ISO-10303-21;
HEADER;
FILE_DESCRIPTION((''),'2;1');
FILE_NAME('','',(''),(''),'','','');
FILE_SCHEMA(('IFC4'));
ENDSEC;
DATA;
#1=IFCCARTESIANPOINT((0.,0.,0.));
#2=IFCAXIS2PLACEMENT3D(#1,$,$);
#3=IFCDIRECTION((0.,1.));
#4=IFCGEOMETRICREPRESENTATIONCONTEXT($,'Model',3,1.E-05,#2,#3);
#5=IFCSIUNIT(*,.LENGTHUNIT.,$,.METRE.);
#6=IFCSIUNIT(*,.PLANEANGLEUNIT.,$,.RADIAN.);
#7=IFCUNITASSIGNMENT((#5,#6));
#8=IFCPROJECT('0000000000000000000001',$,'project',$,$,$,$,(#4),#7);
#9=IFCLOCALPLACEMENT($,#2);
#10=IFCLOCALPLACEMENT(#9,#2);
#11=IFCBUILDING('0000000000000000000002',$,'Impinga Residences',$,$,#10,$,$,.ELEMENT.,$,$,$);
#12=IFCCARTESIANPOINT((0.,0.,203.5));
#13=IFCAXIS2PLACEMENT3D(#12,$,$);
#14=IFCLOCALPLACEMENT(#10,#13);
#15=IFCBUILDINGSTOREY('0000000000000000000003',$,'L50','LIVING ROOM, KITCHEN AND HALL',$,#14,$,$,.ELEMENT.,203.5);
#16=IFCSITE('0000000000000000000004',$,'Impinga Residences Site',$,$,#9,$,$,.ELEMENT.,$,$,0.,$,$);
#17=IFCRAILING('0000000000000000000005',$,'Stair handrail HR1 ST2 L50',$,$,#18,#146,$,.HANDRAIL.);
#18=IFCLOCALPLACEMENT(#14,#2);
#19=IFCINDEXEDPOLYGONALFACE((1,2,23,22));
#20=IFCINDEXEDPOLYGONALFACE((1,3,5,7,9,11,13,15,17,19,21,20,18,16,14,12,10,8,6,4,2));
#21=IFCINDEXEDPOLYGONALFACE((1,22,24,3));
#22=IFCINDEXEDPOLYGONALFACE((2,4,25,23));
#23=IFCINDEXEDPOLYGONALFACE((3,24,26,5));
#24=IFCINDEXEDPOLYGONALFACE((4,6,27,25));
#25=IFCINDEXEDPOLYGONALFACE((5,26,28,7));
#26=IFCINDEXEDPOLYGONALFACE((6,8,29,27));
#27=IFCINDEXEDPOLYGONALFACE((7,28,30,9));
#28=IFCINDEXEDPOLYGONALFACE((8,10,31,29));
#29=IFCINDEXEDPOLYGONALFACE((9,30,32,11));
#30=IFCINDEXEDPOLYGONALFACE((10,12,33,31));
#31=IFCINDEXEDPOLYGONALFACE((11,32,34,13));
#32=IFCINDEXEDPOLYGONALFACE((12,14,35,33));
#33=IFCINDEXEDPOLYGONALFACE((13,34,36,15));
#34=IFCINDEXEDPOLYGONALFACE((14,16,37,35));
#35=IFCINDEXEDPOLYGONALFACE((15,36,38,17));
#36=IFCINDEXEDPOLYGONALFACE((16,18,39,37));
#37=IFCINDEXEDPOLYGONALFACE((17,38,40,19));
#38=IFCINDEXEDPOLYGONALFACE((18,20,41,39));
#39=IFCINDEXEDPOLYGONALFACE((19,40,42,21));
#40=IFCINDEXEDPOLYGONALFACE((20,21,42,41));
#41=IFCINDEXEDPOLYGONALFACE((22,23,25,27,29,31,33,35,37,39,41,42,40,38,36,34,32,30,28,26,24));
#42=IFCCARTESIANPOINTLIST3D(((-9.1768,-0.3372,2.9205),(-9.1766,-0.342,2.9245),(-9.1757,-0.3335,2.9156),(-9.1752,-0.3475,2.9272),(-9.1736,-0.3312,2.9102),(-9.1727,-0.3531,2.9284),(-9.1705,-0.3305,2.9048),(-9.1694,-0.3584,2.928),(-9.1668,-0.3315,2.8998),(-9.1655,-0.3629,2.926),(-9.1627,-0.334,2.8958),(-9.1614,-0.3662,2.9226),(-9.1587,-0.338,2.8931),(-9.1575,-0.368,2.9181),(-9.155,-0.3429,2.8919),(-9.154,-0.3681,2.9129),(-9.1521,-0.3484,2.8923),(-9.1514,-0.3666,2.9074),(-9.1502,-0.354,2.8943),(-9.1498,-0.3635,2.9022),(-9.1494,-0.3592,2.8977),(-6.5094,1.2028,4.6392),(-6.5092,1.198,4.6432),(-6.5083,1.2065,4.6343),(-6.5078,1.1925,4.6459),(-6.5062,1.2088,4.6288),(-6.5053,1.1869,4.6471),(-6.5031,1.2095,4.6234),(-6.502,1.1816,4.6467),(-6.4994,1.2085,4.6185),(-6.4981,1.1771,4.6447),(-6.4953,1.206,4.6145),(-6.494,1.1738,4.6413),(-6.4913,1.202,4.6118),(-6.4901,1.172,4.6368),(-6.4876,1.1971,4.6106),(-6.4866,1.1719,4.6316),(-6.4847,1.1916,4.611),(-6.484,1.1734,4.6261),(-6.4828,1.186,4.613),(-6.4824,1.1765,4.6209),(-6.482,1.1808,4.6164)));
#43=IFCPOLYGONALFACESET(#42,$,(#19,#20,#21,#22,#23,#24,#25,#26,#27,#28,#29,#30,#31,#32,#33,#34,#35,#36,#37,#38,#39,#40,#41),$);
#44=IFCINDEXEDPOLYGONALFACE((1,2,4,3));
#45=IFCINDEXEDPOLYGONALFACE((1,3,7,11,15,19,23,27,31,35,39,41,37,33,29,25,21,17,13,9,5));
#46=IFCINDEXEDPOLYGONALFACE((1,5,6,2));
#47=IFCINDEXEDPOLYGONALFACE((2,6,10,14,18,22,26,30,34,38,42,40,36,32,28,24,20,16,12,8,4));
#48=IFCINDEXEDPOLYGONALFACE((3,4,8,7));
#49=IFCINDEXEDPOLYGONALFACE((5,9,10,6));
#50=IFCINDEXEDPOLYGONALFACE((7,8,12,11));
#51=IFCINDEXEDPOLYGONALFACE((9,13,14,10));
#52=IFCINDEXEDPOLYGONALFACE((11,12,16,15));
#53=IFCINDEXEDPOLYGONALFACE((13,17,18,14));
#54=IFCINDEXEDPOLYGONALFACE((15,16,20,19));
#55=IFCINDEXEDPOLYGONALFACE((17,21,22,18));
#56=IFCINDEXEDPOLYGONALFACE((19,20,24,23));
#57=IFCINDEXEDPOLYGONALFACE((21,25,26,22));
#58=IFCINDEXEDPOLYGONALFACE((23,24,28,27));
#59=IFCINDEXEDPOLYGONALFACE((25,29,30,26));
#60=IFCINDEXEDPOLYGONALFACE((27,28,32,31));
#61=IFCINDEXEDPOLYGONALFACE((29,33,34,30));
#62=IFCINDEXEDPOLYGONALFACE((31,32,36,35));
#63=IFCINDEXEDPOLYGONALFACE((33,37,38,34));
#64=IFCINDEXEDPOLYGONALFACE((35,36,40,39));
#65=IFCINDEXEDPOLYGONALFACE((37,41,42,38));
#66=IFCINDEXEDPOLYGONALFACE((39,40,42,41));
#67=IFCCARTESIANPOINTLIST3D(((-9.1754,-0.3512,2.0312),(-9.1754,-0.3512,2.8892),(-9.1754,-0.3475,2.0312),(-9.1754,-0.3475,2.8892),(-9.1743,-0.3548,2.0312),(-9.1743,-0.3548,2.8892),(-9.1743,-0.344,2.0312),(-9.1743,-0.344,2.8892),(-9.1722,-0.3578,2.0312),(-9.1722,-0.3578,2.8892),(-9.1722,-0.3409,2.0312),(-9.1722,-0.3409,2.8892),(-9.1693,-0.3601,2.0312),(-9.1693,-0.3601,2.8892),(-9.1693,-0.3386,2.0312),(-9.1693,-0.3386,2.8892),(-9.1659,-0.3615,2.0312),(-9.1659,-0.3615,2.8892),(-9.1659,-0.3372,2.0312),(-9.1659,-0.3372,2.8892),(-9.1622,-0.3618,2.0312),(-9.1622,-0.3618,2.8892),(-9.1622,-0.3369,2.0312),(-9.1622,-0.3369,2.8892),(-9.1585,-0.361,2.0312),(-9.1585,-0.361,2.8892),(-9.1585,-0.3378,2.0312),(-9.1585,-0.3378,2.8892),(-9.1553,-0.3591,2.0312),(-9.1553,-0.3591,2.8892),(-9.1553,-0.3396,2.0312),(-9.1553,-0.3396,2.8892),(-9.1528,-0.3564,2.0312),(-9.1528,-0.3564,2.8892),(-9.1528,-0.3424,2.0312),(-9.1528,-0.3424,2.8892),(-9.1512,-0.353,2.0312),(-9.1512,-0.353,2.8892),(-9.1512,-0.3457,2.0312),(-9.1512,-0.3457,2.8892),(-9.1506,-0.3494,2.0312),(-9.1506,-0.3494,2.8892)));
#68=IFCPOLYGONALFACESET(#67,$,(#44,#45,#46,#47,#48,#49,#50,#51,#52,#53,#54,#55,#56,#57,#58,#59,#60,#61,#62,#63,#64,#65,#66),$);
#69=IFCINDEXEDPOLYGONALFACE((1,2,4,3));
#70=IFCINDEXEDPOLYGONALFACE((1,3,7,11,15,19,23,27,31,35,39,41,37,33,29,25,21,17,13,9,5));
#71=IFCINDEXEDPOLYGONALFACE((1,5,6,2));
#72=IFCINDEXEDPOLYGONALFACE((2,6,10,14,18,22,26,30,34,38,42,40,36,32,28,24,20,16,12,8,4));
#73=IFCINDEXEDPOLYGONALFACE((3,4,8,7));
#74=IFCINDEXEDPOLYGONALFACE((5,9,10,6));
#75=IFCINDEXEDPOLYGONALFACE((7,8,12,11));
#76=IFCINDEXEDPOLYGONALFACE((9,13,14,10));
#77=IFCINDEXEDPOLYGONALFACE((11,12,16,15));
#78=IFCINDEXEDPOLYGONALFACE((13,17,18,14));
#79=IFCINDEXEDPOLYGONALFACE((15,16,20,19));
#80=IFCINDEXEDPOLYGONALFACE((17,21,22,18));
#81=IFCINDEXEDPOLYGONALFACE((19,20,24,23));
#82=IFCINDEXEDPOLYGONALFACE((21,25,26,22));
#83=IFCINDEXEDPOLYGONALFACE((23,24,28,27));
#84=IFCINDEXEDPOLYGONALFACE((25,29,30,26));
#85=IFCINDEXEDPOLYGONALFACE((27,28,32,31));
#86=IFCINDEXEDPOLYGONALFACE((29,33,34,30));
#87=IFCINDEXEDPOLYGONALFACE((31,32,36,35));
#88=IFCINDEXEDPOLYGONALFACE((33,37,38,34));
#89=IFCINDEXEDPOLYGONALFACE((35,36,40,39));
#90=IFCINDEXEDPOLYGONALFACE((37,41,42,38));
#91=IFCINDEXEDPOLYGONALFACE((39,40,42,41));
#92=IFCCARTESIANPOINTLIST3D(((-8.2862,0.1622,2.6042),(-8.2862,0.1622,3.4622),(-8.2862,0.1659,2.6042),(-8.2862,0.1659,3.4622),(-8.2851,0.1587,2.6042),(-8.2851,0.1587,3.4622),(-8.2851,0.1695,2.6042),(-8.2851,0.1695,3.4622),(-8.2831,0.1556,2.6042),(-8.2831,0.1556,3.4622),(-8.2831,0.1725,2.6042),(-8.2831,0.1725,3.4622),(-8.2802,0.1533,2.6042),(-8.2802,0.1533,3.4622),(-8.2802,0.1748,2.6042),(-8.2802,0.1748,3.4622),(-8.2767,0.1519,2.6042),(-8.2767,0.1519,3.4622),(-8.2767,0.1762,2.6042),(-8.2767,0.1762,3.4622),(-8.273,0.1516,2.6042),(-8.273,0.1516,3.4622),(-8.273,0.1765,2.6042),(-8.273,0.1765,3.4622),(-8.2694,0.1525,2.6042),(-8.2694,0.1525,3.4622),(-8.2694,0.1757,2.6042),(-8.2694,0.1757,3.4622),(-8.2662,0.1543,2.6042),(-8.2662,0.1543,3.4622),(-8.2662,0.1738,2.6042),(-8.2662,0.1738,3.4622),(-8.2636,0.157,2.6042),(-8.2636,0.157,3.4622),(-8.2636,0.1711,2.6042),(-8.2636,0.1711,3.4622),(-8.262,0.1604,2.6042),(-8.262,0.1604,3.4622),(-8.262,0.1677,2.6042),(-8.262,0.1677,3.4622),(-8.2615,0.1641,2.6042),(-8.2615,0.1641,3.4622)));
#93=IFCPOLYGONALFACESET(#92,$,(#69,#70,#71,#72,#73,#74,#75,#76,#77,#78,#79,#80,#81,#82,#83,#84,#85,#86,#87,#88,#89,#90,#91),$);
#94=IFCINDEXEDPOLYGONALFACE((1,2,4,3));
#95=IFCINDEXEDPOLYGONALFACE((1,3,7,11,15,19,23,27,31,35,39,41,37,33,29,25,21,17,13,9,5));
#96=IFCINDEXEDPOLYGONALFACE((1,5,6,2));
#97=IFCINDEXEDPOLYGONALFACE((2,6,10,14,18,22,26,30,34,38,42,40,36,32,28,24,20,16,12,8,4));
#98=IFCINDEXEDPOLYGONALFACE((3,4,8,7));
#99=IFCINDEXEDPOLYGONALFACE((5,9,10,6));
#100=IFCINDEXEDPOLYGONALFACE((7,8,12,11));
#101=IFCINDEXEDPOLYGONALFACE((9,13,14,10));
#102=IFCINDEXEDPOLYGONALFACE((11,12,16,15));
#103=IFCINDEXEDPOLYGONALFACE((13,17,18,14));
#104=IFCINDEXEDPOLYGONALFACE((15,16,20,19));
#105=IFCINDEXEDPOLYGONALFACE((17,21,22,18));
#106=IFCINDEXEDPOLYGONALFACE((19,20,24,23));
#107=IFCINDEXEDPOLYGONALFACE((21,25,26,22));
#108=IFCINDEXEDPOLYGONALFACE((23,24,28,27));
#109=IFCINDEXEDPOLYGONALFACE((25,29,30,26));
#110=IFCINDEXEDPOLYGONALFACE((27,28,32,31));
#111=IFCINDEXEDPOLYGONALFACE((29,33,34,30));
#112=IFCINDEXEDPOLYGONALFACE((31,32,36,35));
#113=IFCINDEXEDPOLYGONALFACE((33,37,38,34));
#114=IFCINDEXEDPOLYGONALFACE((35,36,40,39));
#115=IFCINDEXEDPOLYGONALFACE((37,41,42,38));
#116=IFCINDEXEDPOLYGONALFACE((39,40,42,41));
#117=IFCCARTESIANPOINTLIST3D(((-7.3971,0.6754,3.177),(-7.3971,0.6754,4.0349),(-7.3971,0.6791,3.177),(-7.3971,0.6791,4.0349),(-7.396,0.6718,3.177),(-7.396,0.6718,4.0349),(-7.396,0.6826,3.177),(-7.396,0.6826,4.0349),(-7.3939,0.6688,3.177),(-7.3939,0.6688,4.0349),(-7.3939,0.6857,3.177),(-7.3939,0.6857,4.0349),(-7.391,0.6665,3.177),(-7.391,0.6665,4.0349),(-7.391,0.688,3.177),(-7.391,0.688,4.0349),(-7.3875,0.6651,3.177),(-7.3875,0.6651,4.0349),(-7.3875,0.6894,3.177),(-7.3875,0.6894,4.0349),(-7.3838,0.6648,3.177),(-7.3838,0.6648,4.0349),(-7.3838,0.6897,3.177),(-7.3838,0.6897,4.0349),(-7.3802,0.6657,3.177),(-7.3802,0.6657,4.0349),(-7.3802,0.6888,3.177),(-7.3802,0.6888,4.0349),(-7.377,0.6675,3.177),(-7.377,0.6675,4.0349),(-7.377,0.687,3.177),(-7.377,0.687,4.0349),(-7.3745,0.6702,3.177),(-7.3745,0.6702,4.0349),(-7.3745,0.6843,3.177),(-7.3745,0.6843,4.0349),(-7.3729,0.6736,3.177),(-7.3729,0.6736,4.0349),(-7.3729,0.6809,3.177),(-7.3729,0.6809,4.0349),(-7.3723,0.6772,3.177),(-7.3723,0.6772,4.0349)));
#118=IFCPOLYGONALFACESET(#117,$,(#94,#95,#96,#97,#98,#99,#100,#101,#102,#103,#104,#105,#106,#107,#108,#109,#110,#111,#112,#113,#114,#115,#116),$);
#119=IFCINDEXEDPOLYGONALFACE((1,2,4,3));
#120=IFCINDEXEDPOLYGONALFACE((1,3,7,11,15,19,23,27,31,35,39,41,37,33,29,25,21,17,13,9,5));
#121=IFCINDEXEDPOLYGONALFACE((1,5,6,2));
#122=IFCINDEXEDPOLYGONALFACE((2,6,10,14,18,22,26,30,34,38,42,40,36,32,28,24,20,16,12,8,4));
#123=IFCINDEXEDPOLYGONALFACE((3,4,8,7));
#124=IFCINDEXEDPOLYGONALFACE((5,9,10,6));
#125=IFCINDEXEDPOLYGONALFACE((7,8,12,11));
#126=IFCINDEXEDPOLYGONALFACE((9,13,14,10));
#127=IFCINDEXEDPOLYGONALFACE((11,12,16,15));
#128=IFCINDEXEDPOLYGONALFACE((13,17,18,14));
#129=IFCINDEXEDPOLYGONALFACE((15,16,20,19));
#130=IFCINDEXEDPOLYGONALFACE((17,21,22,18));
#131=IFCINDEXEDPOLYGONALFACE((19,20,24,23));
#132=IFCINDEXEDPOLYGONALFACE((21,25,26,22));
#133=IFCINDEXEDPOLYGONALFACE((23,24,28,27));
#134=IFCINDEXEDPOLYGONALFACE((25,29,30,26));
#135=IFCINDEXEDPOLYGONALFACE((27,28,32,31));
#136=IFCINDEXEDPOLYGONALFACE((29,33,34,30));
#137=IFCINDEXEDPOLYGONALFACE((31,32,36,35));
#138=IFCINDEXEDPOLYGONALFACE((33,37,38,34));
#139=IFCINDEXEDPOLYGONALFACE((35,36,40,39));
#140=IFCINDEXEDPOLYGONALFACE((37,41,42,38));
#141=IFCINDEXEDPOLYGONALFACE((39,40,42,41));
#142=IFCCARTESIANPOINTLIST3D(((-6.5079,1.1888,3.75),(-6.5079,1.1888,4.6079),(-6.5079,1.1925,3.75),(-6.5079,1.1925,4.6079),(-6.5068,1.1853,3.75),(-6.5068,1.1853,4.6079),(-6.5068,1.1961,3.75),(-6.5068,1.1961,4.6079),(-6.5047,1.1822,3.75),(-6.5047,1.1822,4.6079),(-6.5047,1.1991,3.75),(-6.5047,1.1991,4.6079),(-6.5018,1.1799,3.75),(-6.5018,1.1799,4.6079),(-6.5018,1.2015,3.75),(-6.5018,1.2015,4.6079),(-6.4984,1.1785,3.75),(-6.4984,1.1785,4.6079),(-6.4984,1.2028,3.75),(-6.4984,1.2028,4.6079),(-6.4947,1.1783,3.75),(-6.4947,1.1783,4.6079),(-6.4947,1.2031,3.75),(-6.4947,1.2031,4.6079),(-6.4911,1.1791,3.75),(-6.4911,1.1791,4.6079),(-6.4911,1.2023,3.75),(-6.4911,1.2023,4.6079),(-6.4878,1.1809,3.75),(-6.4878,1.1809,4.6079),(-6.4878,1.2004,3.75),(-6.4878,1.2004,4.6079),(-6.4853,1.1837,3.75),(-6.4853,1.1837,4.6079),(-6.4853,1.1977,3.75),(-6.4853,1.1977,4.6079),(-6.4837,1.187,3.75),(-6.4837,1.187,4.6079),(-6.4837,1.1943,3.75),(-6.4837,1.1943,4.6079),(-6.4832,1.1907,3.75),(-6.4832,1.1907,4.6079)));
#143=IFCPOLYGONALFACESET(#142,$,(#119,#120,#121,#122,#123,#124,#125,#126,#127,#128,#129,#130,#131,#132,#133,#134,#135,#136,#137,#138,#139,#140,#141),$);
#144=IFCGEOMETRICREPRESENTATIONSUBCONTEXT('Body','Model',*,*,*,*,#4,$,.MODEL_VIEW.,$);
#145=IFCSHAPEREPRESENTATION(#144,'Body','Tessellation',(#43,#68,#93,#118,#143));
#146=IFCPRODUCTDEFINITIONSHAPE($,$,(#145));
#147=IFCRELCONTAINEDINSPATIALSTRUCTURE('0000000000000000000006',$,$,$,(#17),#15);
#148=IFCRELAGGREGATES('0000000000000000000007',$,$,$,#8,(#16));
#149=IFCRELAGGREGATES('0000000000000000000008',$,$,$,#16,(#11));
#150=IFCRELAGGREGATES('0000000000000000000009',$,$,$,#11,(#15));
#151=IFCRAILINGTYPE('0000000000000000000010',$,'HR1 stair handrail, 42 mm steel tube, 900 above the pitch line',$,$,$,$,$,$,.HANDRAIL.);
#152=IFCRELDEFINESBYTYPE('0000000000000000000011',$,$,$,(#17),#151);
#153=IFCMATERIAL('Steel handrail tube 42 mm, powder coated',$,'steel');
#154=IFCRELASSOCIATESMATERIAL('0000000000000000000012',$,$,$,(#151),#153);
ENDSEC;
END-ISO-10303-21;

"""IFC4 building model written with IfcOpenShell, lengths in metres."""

from ifc_helpers import new_model, si_unit, direction, frame, origin, origin_2d, place, context, subcontext, project, spatial, circle, extrude, material, type_object, element, save


model = new_model("IFC4")

# Units and contexts
model_context = context("Model", 3, precision=1e-05, world=origin(), true_north=direction((0.0, 1.0)))
body_context = subcontext(model_context, "Body", "Model", "MODEL_VIEW")
ifc_project = project(units=[si_unit("LENGTHUNIT", "METRE"), si_unit("PLANEANGLEUNIT", "RADIAN")], contexts=[model_context])

# Site, building, storey
site_placement = place(None, origin())
site = spatial("IfcSite", under=ifc_project, at=site_placement, Name="Impinga Residences Site", CompositionType="ELEMENT", RefElevation=0.0)
building_placement = place(site_placement, origin())
building = spatial("IfcBuilding", under=site, at=building_placement, Name="Impinga Residences", CompositionType="ELEMENT")
storey_placement = place(building_placement, frame((0.0, 0.0, 203.5)))
storey = spatial("IfcBuildingStorey", under=building, at=storey_placement, Name="L50", Description="LIVING ROOM, KITCHEN AND HALL", CompositionType="ELEMENT", Elevation=203.5)

# Railing
ifc_material_1 = material(Name="Steel handrail tube 42 mm, powder coated", Category="steel")
railing_type_1 = type_object("IfcRailingType", Name="HR1 stair handrail, 42 mm steel tube, 900 above the pitch line", PredefinedType="HANDRAIL", material=ifc_material_1)
railing_1_placement = place(storey_placement, frame((-9.1631, -0.3494, 2.0312)))
element("IfcRailing", 1, at=railing_1_placement, inside=storey, type_object=railing_type_1, Name="Stair handrail HR1 ST2 L50", PredefinedType="HANDRAIL", context=body_context, shape_type="SweptSolid", body=[
    extrude(circle(Radius=0.021, at=origin_2d()), frame((0.0, 0.0, 0.8789), z_axis=(0.756256, 0.436616, 0.487282), x_axis=(-0.499992, 0.86603, 0.0)), (0.0, 0.0, 1.0), 3.5271),
    extrude(circle(Radius=0.0125, at=origin_2d()), origin(), (0.0, 0.0, 1.0), 0.8579),
    extrude(circle(Radius=0.0125, at=origin_2d()), frame((0.8892, 0.5134, 0.573)), (0.0, 0.0, 1.0), 0.8579),
    extrude(circle(Radius=0.0125, at=origin_2d()), frame((1.7783, 1.0266, 1.1458)), (0.0, 0.0, 1.0), 0.8579),
    extrude(circle(Radius=0.0125, at=origin_2d()), frame((2.6675, 1.54, 1.7188)), (0.0, 0.0, 1.0), 0.8579),
])

save(model, "model.ifc")
